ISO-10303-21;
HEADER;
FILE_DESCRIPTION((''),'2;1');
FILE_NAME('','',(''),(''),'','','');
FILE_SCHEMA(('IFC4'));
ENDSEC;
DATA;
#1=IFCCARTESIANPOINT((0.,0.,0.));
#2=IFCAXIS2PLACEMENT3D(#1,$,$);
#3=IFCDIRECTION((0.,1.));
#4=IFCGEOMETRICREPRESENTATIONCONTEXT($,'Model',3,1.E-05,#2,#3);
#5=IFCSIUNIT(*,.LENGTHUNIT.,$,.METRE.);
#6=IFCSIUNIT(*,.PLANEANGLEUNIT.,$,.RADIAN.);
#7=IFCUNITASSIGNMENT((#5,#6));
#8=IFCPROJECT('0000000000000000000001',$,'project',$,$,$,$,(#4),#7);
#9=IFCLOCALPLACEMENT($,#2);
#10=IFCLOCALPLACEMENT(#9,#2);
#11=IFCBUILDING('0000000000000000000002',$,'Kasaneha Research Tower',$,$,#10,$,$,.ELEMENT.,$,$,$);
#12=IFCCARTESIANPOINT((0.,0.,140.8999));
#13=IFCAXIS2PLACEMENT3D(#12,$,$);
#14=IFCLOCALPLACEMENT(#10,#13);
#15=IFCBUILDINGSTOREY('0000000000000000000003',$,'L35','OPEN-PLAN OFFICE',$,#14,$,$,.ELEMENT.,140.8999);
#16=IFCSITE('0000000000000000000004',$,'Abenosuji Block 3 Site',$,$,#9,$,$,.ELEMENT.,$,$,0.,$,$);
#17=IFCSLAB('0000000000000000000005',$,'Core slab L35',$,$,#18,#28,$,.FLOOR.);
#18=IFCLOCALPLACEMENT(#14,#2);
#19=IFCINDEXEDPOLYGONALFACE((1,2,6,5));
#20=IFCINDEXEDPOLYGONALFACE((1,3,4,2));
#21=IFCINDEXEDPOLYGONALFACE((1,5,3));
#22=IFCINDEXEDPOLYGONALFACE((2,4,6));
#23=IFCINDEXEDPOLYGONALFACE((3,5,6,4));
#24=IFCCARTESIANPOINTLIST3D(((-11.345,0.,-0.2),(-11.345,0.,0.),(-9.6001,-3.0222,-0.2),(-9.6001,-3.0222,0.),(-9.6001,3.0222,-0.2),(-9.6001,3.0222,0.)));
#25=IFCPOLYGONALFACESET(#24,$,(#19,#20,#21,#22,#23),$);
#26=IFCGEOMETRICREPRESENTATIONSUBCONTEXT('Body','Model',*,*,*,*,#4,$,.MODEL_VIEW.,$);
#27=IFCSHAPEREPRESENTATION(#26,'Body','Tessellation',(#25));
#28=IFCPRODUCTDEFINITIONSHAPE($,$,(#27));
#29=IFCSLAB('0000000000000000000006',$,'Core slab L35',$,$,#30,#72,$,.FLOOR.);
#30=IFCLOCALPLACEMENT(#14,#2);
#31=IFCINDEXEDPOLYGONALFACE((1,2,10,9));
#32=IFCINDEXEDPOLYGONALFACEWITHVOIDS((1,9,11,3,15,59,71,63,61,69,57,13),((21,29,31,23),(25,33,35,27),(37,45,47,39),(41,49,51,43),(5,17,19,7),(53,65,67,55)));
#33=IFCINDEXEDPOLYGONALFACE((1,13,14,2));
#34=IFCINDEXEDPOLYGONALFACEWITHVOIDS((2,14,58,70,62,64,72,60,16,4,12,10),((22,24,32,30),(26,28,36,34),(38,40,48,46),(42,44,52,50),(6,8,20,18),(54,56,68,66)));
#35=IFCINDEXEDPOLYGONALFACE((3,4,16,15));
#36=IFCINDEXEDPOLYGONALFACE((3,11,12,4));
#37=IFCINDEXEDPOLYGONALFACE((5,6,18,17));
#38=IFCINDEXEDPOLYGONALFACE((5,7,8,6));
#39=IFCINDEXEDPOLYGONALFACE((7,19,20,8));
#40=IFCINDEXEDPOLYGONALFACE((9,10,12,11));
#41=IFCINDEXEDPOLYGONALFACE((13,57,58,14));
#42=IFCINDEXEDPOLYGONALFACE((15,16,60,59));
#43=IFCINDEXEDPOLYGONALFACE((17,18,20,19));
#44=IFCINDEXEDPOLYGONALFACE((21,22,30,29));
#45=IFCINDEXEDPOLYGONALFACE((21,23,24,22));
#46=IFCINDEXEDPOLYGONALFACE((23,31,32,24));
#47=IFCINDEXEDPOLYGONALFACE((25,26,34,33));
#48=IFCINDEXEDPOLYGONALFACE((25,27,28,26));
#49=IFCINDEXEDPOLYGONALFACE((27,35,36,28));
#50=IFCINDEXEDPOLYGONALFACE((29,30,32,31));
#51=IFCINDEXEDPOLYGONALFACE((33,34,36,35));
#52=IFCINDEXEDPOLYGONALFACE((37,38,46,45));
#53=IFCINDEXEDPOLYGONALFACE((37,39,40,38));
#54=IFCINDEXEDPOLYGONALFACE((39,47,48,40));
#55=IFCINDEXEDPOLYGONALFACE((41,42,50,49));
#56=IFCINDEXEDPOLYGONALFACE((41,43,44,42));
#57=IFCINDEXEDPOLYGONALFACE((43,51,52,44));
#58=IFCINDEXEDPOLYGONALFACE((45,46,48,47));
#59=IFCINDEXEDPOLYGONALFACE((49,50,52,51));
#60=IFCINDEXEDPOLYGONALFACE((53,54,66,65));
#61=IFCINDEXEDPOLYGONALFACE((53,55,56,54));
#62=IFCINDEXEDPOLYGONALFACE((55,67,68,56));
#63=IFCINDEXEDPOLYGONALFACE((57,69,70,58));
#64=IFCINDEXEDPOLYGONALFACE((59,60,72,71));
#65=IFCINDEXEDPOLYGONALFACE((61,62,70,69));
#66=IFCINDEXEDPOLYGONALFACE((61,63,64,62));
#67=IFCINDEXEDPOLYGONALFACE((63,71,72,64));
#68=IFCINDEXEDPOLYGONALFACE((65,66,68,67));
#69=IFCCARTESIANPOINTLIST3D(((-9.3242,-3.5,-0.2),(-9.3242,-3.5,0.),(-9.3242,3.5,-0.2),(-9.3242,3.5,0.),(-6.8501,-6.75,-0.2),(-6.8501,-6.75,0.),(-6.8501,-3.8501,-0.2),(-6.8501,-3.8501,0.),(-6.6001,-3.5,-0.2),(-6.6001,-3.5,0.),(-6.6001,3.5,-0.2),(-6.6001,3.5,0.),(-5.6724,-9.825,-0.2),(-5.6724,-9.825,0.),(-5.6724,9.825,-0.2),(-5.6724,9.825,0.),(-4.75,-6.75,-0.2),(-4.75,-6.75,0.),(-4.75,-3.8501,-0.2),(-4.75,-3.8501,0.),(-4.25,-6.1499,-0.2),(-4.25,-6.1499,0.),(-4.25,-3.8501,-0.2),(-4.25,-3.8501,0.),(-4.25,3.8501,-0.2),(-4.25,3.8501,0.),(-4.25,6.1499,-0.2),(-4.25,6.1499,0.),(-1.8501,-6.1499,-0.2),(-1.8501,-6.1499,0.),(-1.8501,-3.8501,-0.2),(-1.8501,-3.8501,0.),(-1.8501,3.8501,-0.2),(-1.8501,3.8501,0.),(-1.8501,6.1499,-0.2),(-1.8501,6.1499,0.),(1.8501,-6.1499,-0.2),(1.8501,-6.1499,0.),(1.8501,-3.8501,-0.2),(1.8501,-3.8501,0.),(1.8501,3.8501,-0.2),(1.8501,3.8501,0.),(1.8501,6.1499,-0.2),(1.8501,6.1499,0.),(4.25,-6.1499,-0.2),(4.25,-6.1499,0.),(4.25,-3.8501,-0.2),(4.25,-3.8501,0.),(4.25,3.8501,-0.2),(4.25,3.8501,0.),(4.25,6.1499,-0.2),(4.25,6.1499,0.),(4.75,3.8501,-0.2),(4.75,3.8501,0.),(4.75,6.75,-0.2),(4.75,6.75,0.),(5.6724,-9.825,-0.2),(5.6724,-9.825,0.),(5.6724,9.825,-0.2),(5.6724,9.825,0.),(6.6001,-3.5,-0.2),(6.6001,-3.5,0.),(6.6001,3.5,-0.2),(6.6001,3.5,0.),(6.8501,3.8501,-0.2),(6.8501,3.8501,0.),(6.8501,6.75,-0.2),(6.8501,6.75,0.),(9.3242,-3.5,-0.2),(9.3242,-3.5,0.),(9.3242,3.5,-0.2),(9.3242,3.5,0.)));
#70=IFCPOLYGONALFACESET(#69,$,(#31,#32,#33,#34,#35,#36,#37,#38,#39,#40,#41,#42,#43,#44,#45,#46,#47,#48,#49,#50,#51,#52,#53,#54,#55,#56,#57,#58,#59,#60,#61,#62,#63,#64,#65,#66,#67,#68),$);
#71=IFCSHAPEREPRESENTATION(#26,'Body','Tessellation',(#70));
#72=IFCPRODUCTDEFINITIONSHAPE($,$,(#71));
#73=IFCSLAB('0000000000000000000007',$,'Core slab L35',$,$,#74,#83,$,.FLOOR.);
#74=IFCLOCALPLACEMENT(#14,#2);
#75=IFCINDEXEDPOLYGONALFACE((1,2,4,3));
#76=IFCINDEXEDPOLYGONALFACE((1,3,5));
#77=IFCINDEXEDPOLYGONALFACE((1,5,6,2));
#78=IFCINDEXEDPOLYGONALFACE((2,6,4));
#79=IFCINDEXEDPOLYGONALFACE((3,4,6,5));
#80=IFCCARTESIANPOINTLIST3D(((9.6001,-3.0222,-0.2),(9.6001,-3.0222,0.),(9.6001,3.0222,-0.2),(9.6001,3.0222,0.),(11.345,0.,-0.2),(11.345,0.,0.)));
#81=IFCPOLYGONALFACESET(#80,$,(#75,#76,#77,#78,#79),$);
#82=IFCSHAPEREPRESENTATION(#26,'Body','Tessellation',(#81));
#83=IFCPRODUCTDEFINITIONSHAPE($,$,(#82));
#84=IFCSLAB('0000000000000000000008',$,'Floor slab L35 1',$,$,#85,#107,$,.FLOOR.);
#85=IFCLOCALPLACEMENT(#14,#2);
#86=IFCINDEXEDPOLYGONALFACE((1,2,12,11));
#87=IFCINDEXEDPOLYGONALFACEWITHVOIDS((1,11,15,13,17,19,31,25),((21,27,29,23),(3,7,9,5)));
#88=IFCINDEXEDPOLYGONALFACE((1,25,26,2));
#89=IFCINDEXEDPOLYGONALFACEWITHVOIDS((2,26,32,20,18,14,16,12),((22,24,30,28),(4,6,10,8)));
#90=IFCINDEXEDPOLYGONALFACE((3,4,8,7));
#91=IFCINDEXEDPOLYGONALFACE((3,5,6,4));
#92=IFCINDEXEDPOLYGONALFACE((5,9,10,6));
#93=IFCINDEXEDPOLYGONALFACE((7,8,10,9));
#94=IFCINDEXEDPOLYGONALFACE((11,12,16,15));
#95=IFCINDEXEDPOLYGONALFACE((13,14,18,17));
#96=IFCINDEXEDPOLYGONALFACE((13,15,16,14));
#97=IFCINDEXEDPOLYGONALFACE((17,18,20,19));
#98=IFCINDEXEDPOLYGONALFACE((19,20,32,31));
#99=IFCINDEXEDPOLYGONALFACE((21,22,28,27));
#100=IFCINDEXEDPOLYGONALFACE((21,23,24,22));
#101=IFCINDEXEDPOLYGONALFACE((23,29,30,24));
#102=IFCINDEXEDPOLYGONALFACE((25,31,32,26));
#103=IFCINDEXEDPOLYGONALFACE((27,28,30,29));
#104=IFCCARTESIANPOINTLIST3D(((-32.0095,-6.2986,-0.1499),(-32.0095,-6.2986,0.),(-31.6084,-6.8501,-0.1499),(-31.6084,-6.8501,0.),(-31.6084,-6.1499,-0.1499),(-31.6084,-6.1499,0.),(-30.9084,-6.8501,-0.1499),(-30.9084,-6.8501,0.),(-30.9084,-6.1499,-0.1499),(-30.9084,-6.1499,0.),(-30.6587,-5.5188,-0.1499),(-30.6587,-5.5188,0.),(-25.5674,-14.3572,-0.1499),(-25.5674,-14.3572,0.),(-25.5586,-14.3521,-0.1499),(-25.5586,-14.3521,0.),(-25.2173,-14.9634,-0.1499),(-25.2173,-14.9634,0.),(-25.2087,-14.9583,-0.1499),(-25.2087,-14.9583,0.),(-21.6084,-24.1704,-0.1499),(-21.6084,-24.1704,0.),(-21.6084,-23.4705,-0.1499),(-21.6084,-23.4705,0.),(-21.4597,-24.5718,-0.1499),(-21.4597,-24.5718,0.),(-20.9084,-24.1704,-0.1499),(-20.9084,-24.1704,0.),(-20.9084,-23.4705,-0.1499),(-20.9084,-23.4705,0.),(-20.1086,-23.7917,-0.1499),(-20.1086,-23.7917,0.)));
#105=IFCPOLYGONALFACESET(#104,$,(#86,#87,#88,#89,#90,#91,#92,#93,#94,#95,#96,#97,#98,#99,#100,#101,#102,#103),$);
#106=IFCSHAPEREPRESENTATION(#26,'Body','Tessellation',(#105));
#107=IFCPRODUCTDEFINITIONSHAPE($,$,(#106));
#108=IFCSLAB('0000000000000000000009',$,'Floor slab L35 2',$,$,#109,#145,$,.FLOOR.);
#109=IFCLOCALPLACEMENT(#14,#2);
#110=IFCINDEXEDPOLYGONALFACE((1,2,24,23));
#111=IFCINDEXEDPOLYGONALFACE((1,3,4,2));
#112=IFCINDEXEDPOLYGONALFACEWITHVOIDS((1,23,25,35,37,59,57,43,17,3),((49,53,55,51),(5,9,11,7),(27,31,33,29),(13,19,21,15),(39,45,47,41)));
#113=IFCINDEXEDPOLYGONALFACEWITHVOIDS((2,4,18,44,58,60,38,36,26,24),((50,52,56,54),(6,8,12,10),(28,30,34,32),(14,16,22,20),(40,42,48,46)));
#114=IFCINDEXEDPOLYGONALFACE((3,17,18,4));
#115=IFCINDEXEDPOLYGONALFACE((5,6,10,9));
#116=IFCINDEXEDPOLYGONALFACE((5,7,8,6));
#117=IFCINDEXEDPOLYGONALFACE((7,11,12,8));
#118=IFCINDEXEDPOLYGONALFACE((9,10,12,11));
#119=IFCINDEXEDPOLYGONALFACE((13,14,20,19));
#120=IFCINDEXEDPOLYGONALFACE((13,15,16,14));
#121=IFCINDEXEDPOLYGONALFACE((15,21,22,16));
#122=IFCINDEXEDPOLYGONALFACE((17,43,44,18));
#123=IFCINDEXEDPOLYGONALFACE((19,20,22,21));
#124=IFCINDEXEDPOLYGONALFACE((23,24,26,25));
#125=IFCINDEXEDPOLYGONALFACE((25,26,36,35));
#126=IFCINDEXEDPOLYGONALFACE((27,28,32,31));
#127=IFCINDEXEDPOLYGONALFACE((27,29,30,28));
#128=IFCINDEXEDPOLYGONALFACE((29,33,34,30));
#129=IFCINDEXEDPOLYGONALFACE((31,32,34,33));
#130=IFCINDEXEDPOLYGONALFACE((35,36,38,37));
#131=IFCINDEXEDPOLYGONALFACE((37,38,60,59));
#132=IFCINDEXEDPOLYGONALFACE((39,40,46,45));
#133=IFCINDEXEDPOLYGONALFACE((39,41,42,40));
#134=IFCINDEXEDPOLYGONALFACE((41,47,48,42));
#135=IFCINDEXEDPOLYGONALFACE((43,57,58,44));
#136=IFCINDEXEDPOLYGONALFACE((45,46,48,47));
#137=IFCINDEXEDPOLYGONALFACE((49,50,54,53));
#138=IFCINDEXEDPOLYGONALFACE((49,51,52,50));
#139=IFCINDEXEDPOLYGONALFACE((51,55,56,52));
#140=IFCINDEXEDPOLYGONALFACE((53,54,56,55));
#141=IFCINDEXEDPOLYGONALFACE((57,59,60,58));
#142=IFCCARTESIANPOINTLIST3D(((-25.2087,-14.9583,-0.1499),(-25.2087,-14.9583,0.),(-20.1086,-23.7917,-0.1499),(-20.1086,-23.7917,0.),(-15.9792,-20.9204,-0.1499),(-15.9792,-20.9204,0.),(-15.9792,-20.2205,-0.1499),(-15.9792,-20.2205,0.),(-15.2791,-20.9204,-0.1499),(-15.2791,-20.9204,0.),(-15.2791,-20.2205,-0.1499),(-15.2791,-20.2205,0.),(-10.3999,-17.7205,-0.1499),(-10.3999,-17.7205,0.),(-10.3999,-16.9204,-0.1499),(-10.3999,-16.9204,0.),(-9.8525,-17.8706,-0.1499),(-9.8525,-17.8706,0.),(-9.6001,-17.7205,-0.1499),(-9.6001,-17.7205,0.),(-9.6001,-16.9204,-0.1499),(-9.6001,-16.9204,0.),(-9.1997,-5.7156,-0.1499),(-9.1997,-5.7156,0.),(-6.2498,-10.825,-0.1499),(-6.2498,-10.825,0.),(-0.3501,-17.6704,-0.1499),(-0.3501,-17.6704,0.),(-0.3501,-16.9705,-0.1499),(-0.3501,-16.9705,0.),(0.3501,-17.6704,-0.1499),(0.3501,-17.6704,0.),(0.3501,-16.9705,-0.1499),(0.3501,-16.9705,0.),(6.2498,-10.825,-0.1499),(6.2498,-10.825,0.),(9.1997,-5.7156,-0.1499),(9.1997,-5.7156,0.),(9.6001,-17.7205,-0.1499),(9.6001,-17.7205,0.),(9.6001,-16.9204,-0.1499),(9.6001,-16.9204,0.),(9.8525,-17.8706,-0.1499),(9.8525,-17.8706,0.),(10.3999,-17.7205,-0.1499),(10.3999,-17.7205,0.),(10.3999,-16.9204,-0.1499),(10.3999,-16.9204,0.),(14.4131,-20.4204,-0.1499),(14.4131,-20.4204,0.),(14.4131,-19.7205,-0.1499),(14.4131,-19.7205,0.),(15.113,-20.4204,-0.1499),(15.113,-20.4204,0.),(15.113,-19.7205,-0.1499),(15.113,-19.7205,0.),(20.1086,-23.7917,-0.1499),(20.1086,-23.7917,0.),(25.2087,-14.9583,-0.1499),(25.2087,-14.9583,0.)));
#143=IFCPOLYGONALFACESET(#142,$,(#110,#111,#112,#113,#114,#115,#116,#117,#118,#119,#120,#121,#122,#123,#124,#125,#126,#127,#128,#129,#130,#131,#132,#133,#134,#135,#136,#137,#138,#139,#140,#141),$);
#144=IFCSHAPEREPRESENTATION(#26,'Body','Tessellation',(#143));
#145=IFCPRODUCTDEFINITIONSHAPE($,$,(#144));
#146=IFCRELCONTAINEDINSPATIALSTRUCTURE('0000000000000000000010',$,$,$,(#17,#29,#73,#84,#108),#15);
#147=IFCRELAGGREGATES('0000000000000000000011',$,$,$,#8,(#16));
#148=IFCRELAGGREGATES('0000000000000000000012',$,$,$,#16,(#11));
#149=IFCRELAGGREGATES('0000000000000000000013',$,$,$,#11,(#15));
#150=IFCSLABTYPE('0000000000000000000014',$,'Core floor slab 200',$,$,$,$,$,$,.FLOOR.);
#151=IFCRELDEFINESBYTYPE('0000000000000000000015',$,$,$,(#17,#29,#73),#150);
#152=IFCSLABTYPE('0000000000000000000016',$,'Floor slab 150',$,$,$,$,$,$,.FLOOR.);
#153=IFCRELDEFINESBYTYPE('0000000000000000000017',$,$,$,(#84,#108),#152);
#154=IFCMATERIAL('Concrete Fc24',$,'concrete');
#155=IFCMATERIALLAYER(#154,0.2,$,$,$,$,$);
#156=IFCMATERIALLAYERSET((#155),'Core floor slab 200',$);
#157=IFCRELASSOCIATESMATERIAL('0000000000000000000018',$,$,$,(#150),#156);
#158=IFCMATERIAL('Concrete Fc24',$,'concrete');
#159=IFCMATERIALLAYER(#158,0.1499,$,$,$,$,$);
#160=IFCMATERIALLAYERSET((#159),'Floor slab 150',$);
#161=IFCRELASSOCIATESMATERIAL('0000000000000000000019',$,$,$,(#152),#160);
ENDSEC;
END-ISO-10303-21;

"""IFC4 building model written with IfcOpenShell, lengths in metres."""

from ifc_helpers import new_model, si_unit, direction, frame, origin, place, context, subcontext, project, spatial, polyline, outline, extrude, material, layer, layer_set, type_object, element, save


model = new_model("IFC4")

# Units and contexts
model_context = context("Model", 3, precision=1e-05, world=origin(), true_north=direction((0.0, 1.0)))
body_context = subcontext(model_context, "Body", "Model", "MODEL_VIEW")
ifc_project = project(units=[si_unit("LENGTHUNIT", "METRE"), si_unit("PLANEANGLEUNIT", "RADIAN")], contexts=[model_context])

# Site, building, storey
site_placement = place(None, origin())
site = spatial("IfcSite", under=ifc_project, at=site_placement, Name="Abenosuji Block 3 Site", CompositionType="ELEMENT", RefElevation=0.0)
building_placement = place(site_placement, origin())
building = spatial("IfcBuilding", under=site, at=building_placement, Name="Kasaneha Research Tower", CompositionType="ELEMENT")
storey_placement = place(building_placement, frame((0.0, 0.0, 140.8999)))
storey = spatial("IfcBuildingStorey", under=building, at=storey_placement, Name="L35", Description="OPEN-PLAN OFFICE", CompositionType="ELEMENT", Elevation=140.8999)

# Slabs
ifc_material_1 = material(Name="Concrete Fc24", Category="concrete")
ifc_layer_1 = layer(ifc_material_1, 0.2)
ifc_layer_set_1 = layer_set([ifc_layer_1], Name="Core floor slab 200")
slab_type_1 = type_object("IfcSlabType", Name="Core floor slab 200", PredefinedType="FLOOR", material=ifc_layer_set_1)
slab_1_placement = place(storey_placement, frame((0.0, 0.0, -0.2)))
element("IfcSlab", 1, at=slab_1_placement, inside=storey, type_object=slab_type_1, Name="Core slab L35", PredefinedType="FLOOR", context=body_context, shape_type="SweptSolid", body=[
    extrude(outline(polyline([(-11.345, 0.0), (-9.6001, 3.0222), (-9.6001, -3.0222), (-11.345, 0.0)])), origin(), (0.0, 0.0, 1.0), 0.2),
])
slab_2_placement = place(storey_placement, frame((0.0, 0.0, -0.2)))
element("IfcSlab", 2, at=slab_2_placement, inside=storey, type_object=slab_type_1, Name="Core slab L35", PredefinedType="FLOOR", context=body_context, shape_type="SweptSolid", body=[
    extrude(outline(polyline([(-5.6724, 9.825), (5.6724, 9.825), (9.3242, 3.5), (6.6001, 3.5), (6.6001, -3.5), (9.3242, -3.5), (5.6724, -9.825), (-5.6724, -9.825), (-9.3242, -3.5), (-6.6001, -3.5), (-6.6001, 3.5), (-9.3242, 3.5), (-5.6724, 9.825)]), holes=[polyline([(-6.8501, -3.8501), (-6.8501, -6.75), (-4.75, -6.75), (-4.75, -3.8501), (-6.8501, -3.8501)]), polyline([(-4.25, -3.8501), (-4.25, -6.1499), (-1.8501, -6.1499), (-1.8501, -3.8501), (-4.25, -3.8501)]), polyline([(1.8501, -3.8501), (1.8501, -6.1499), (4.25, -6.1499), (4.25, -3.8501), (1.8501, -3.8501)]), polyline([(-4.25, 6.1499), (-4.25, 3.8501), (-1.8501, 3.8501), (-1.8501, 6.1499), (-4.25, 6.1499)]), polyline([(4.25, 6.1499), (1.8501, 6.1499), (1.8501, 3.8501), (4.25, 3.8501), (4.25, 6.1499)]), polyline([(6.8501, 6.75), (4.75, 6.75), (4.75, 3.8501), (6.8501, 3.8501), (6.8501, 6.75)])]), origin(), (0.0, 0.0, 1.0), 0.2),
])
slab_3_placement = place(storey_placement, frame((0.0, 0.0, -0.2)))
element("IfcSlab", 3, at=slab_3_placement, inside=storey, type_object=slab_type_1, Name="Core slab L35", PredefinedType="FLOOR", context=body_context, shape_type="SweptSolid", body=[
    extrude(outline(polyline([(11.345, 0.0), (9.6001, -3.0222), (9.6001, 3.0222), (11.345, 0.0)])), origin(), (0.0, 0.0, 1.0), 0.2),
])
ifc_material_2 = material(Name="Concrete Fc24", Category="concrete")
ifc_layer_2 = layer(ifc_material_2, 0.1499)
ifc_layer_set_2 = layer_set([ifc_layer_2], Name="Floor slab 150")
slab_type_2 = type_object("IfcSlabType", Name="Floor slab 150", PredefinedType="FLOOR", material=ifc_layer_set_2)
slab_4_placement = place(storey_placement, frame((0.0, 0.0, -0.1499)))
element("IfcSlab", 4, at=slab_4_placement, inside=storey, type_object=slab_type_2, Name="Floor slab L35 1", PredefinedType="FLOOR", context=body_context, shape_type="SweptSolid", body=[
    extrude(outline(polyline([(-32.0095, -6.2986), (-30.6587, -5.5188), (-25.5586, -14.3521), (-25.5674, -14.3572), (-25.2173, -14.9634), (-25.2087, -14.9583), (-20.1086, -23.7917), (-21.4597, -24.5718), (-32.0095, -6.2986)]), holes=[polyline([(-20.9084, -24.1704), (-20.9084, -23.4705), (-21.6084, -23.4705), (-21.6084, -24.1704), (-20.9084, -24.1704)]), polyline([(-30.9084, -6.8501), (-30.9084, -6.1499), (-31.6084, -6.1499), (-31.6084, -6.8501), (-30.9084, -6.8501)])]), origin(), (0.0, 0.0, 1.0), 0.1499),
])
slab_5_placement = place(storey_placement, frame((0.0, 0.0, -0.1499)))
element("IfcSlab", 5, at=slab_5_placement, inside=storey, type_object=slab_type_2, Name="Floor slab L35 2", PredefinedType="FLOOR", context=body_context, shape_type="SweptSolid", body=[
    extrude(outline(polyline([(9.8525, -17.8706), (-9.8525, -17.8706), (-20.1086, -23.7917), (-25.2087, -14.9583), (-9.1997, -5.7156), (-6.2498, -10.825), (6.2498, -10.825), (9.1997, -5.7156), (25.2087, -14.9583), (20.1086, -23.7917), (9.8525, -17.8706)]), holes=[polyline([(-15.2791, -20.9204), (-15.2791, -20.2205), (-15.9792, -20.2205), (-15.9792, -20.9204), (-15.2791, -20.9204)]), polyline([(0.3501, -17.6704), (0.3501, -16.9705), (-0.3501, -16.9705), (-0.3501, -17.6704), (0.3501, -17.6704)]), polyline([(-10.3999, -17.7205), (-9.6001, -17.7205), (-9.6001, -16.9204), (-10.3999, -16.9204), (-10.3999, -17.7205)]), polyline([(15.113, -20.4204), (15.113, -19.7205), (14.4131, -19.7205), (14.4131, -20.4204), (15.113, -20.4204)]), polyline([(9.6001, -17.7205), (10.3999, -17.7205), (10.3999, -16.9204), (9.6001, -16.9204), (9.6001, -17.7205)])]), origin(), (0.0, 0.0, 1.0), 0.1499),
])

save(model, "model.ifc")
